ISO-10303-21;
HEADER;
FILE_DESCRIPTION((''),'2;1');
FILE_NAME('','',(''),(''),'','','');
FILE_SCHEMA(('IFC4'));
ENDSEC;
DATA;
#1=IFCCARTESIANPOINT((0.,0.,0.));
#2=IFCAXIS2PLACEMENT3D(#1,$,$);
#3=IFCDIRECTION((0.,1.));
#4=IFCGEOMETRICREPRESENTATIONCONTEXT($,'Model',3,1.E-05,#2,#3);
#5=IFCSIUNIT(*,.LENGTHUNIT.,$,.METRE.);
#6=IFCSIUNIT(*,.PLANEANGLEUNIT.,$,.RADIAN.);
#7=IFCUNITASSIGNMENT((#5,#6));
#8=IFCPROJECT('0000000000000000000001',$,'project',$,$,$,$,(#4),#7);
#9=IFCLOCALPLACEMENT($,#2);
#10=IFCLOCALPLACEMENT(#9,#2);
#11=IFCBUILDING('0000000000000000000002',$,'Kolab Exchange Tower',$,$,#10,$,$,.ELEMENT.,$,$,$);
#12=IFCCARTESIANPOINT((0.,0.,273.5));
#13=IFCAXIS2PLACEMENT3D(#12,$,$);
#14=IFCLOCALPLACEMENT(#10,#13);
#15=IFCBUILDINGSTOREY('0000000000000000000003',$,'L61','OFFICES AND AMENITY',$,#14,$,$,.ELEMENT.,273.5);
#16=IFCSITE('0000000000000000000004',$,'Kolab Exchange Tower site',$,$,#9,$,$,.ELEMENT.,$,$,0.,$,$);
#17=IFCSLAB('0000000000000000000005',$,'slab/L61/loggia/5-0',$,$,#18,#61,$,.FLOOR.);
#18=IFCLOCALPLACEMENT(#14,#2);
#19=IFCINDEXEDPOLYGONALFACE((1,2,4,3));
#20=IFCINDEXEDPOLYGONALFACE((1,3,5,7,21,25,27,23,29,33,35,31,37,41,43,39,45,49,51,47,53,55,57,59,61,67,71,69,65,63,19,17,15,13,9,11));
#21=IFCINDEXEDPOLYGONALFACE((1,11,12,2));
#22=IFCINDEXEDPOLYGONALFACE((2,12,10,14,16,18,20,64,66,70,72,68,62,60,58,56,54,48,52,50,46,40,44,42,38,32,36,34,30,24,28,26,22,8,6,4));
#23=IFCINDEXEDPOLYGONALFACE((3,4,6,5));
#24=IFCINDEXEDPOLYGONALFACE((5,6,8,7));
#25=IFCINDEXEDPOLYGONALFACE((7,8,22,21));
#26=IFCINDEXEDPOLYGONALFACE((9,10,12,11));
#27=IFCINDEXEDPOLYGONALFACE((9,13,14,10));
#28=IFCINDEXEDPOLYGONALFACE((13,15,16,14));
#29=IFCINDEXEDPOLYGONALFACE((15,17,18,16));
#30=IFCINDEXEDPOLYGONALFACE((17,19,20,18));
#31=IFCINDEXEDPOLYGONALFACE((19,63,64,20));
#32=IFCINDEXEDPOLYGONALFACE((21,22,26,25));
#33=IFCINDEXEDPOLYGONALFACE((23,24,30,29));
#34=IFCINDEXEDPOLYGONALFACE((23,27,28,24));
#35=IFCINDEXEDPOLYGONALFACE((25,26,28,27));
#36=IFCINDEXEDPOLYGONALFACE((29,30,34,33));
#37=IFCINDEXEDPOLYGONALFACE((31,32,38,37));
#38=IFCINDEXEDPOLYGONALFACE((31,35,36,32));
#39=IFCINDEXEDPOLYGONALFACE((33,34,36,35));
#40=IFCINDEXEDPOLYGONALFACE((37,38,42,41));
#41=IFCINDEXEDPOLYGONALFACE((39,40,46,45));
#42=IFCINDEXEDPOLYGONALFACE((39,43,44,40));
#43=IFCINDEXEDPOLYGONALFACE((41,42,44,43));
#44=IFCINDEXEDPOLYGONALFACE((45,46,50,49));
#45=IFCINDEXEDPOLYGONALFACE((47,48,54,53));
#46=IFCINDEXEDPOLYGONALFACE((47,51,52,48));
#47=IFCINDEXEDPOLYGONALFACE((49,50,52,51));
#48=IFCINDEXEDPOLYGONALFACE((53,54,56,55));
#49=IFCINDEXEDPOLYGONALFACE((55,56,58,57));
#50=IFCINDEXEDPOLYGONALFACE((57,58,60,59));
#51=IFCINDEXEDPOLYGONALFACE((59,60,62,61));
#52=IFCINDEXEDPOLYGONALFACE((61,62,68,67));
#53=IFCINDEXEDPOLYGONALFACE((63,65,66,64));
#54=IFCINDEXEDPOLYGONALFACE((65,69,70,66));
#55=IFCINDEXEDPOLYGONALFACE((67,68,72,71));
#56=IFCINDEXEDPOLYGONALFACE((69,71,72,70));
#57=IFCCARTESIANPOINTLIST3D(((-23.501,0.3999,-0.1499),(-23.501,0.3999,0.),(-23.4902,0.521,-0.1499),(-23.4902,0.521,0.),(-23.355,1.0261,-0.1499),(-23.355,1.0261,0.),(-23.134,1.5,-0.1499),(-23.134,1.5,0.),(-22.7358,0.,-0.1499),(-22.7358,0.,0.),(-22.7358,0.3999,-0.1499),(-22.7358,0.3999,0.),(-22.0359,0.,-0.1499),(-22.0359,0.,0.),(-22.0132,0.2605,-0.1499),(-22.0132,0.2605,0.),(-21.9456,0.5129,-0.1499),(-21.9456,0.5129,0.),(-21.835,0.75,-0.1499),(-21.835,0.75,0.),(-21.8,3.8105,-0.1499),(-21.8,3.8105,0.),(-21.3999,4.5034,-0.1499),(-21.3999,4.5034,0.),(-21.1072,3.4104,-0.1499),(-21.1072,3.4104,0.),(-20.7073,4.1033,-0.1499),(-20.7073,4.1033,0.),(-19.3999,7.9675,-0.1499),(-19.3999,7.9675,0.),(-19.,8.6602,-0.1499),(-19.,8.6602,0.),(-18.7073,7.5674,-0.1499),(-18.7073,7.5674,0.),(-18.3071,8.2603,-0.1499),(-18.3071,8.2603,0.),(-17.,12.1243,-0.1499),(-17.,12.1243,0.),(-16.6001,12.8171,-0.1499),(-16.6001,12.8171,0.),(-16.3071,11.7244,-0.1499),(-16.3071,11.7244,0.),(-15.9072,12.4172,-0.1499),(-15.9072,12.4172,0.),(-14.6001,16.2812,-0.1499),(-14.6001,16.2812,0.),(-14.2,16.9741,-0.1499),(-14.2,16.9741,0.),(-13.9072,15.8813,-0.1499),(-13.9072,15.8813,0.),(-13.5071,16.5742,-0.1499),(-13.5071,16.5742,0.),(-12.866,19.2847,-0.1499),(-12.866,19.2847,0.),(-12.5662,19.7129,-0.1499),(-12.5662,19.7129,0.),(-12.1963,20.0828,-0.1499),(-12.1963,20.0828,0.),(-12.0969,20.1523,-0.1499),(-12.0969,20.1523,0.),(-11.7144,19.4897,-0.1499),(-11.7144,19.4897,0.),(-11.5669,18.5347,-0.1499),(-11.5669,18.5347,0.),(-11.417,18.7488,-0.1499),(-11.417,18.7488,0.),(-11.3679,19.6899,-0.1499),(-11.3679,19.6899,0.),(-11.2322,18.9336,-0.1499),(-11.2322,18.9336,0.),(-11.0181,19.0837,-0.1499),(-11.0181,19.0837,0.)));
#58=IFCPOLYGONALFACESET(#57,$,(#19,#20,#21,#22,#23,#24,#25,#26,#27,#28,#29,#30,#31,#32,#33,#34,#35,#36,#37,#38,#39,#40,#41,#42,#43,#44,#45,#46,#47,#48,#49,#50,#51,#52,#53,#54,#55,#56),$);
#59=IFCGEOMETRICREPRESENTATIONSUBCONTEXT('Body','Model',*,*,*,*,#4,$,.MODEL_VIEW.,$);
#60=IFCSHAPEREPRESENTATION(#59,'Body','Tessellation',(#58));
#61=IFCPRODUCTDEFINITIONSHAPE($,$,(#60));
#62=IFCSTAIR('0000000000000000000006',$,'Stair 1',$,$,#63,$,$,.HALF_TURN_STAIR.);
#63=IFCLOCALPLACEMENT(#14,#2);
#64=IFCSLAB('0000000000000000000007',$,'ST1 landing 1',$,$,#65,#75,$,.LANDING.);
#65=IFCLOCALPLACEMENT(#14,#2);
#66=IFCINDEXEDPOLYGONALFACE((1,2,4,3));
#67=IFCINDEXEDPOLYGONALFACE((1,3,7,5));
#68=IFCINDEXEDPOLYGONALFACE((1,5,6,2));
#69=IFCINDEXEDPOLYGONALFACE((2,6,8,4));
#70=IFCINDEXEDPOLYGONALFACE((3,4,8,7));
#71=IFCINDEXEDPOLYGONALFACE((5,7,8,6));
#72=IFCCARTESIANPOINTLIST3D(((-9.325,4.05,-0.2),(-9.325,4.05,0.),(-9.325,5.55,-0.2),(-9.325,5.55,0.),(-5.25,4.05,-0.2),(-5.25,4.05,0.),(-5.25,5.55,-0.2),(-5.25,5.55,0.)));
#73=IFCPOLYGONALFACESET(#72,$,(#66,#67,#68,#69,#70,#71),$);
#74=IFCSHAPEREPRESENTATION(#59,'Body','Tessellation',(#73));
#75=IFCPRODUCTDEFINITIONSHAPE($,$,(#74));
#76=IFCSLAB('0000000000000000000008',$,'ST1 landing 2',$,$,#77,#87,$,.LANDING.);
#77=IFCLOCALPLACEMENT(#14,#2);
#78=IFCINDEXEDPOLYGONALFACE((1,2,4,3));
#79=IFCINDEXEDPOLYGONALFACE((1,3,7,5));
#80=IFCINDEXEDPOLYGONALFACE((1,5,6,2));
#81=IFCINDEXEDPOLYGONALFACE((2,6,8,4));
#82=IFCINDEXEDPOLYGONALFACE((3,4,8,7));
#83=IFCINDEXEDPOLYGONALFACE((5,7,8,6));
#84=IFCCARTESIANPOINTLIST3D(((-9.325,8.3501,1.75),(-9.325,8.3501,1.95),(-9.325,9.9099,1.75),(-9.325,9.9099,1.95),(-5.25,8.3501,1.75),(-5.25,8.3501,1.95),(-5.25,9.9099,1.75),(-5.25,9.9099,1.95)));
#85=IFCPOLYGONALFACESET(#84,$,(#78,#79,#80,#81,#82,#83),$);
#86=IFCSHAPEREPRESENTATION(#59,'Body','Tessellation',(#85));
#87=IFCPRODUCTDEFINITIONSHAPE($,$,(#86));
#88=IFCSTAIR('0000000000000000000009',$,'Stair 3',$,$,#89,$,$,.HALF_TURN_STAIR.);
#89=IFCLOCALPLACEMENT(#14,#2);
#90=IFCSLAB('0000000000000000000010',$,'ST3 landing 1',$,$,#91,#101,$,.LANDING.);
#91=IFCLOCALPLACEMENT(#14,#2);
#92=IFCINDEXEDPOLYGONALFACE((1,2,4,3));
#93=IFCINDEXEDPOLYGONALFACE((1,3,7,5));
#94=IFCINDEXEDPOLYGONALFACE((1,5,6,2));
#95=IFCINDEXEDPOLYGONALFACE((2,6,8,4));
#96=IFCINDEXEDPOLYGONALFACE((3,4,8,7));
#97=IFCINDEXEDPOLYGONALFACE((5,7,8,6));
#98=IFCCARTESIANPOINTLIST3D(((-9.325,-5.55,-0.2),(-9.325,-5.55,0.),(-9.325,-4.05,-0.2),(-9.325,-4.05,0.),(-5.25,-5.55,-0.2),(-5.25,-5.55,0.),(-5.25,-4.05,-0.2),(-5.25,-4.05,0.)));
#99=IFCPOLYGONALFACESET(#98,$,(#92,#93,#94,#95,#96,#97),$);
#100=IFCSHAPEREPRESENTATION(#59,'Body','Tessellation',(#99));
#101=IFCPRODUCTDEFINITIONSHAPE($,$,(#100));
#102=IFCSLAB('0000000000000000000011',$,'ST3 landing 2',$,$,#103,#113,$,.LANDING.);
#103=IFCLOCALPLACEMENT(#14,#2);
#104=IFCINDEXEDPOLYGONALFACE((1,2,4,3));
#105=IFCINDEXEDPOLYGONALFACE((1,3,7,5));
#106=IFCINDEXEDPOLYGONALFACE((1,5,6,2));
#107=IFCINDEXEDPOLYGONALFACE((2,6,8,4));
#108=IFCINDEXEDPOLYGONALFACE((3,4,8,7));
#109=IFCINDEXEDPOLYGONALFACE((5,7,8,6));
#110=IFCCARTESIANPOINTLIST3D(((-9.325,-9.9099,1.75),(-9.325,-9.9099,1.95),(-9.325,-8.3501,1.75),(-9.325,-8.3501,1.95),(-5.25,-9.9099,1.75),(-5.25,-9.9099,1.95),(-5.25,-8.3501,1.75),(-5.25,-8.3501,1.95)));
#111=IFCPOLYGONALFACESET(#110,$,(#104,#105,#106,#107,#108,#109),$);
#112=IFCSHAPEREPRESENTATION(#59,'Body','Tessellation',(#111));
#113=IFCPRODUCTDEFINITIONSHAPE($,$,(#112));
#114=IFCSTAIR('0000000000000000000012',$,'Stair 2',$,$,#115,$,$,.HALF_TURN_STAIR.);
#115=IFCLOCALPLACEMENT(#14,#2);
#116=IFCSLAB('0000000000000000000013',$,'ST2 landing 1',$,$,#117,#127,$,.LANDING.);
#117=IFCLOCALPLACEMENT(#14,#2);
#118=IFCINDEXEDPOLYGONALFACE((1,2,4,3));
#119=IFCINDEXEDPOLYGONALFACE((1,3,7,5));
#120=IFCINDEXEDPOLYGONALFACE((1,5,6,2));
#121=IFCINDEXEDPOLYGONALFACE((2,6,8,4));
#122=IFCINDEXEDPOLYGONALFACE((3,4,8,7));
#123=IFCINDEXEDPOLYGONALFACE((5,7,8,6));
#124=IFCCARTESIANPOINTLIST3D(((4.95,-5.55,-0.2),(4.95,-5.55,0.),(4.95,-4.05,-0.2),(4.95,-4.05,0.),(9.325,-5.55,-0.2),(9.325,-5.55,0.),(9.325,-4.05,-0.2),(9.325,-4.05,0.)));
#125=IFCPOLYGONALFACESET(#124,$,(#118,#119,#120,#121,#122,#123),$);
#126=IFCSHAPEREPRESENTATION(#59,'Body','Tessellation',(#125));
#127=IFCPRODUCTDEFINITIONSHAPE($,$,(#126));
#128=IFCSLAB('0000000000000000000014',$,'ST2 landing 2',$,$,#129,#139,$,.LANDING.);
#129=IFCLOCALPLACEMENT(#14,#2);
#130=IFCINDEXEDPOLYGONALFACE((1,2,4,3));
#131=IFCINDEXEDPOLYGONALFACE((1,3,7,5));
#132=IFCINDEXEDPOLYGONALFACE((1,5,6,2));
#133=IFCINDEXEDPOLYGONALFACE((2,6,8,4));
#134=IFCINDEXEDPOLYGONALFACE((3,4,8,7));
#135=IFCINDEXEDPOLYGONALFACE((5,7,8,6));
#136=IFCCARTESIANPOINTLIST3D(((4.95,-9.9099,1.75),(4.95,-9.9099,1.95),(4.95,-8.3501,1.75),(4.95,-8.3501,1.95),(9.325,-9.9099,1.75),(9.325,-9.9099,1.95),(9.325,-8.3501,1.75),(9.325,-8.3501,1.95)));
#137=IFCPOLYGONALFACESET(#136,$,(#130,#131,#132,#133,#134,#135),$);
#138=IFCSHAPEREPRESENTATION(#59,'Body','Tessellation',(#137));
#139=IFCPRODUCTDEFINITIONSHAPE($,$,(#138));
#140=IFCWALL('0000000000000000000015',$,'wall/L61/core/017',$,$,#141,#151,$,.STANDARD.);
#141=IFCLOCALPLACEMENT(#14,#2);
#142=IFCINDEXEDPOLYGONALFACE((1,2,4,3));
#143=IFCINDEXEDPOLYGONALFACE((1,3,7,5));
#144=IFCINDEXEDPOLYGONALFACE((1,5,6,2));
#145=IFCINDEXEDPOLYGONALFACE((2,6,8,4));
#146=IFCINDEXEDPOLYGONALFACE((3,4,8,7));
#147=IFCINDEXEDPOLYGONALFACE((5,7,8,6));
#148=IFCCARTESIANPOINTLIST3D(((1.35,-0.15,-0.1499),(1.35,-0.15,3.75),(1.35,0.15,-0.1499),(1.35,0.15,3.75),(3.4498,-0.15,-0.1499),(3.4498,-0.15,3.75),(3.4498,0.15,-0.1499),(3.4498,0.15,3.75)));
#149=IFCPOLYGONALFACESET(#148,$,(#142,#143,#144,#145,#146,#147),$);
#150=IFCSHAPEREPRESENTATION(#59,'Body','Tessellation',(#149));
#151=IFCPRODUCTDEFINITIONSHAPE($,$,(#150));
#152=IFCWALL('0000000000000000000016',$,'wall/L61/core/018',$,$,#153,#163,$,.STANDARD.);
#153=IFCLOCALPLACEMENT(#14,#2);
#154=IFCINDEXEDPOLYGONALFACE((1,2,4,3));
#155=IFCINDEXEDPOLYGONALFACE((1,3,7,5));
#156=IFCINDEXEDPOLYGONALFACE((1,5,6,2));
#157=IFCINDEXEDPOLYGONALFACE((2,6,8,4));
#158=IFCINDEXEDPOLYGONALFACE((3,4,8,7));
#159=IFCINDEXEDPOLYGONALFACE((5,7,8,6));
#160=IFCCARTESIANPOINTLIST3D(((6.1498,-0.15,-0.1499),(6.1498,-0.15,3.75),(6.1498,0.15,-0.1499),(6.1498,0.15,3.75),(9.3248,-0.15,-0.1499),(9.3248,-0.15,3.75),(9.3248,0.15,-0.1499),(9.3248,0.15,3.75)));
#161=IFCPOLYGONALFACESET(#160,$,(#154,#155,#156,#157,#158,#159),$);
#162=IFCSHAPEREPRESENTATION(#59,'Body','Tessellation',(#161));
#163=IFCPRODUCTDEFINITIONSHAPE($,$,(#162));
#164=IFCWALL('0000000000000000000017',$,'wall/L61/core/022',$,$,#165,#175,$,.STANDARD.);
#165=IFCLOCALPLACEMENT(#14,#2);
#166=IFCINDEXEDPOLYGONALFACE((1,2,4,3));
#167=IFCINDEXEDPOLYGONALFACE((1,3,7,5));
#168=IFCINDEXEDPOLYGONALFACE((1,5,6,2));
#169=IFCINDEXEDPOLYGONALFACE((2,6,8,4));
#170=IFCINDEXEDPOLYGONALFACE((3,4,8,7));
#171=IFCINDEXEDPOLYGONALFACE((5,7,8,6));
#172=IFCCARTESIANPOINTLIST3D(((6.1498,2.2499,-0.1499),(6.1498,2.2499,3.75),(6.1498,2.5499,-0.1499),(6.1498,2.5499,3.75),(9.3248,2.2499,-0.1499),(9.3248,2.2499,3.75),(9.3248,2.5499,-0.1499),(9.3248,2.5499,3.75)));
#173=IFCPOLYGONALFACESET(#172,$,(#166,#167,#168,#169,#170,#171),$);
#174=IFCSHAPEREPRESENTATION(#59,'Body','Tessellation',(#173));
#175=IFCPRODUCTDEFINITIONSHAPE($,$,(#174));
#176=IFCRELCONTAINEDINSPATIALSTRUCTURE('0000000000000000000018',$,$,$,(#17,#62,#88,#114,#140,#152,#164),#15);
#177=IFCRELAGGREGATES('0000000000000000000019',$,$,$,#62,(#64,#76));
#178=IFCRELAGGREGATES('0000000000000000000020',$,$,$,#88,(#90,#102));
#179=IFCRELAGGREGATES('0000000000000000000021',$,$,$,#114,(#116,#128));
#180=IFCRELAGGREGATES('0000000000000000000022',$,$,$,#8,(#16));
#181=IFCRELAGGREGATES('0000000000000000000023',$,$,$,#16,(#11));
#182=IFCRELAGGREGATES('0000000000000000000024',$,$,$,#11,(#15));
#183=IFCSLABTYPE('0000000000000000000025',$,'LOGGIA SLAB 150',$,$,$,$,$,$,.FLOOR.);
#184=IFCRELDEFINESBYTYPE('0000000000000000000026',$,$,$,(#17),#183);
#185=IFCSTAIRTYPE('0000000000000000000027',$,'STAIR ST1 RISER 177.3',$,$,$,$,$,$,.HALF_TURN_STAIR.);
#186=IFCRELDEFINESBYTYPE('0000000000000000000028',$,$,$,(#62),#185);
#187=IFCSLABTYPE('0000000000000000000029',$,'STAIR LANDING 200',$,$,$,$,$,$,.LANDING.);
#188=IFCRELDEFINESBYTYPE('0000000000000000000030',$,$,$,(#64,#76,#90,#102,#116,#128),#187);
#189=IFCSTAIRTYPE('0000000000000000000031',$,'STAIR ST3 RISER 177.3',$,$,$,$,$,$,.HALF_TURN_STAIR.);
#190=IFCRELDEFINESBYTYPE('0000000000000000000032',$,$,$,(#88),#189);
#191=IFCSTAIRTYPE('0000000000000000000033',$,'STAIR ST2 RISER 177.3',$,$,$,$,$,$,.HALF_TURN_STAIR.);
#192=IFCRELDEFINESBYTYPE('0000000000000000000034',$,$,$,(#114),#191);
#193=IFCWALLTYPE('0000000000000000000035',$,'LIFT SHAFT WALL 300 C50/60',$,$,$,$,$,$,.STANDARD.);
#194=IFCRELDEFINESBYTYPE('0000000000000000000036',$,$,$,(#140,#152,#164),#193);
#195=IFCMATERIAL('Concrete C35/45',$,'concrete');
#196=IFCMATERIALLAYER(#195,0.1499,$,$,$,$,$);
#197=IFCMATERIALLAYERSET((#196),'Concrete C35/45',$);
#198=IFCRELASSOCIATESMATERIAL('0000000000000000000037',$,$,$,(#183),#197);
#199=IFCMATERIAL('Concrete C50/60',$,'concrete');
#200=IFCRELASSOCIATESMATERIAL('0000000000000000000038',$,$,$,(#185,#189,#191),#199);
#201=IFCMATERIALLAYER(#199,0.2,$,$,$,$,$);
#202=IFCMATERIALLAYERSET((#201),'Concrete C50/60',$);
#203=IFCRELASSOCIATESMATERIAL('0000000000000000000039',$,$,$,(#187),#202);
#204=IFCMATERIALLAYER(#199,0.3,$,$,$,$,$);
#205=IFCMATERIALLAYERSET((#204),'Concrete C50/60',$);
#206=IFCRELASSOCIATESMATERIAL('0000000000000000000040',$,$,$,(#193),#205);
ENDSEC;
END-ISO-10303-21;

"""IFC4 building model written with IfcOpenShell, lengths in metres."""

from ifc_helpers import new_model, si_unit, direction, frame, frame_2d, origin, place, context, subcontext, project, spatial, polyline, rectangle, outline, extrude, material, layer, layer_set, type_object, element, aggregate, save


model = new_model("IFC4")

# Units and contexts
model_context = context("Model", 3, precision=1e-05, world=origin(), true_north=direction((0.0, 1.0)))
body_context = subcontext(model_context, "Body", "Model", "MODEL_VIEW")
ifc_project = project(units=[si_unit("LENGTHUNIT", "METRE"), si_unit("PLANEANGLEUNIT", "RADIAN")], contexts=[model_context])

# Site, building, storey
site_placement = place(None, origin())
site = spatial("IfcSite", under=ifc_project, at=site_placement, Name="Kolab Exchange Tower site", CompositionType="ELEMENT", RefElevation=0.0)
building_placement = place(site_placement, origin())
building = spatial("IfcBuilding", under=site, at=building_placement, Name="Kolab Exchange Tower", CompositionType="ELEMENT")
storey_placement = place(building_placement, frame((0.0, 0.0, 273.5)))
storey = spatial("IfcBuildingStorey", under=building, at=storey_placement, Name="L61", Description="OFFICES AND AMENITY", CompositionType="ELEMENT", Elevation=273.5)

# Slab
ifc_material_1 = material(Name="Concrete C35/45", Category="concrete")
ifc_layer_1 = layer(ifc_material_1, 0.1499)
ifc_layer_set_1 = layer_set([ifc_layer_1], Name="Concrete C35/45")
slab_type_1 = type_object("IfcSlabType", Name="LOGGIA SLAB 150", PredefinedType="FLOOR", material=ifc_layer_set_1)
slab_1_placement = place(storey_placement, frame((0.0, 0.0, -0.1499)))
element("IfcSlab", 1, at=slab_1_placement, inside=storey, type_object=slab_type_1, Name="slab/L61/loggia/5-0", PredefinedType="FLOOR", context=body_context, shape_type="SweptSolid", body=[
    extrude(outline(polyline([(-11.0181, 19.0837), (-11.3679, 19.6899), (-11.7144, 19.4897), (-12.0969, 20.1523), (-12.1963, 20.0828), (-12.5662, 19.7129), (-12.866, 19.2847), (-14.2, 16.9741), (-13.5071, 16.5742), (-13.9072, 15.8813), (-14.6001, 16.2812), (-16.6001, 12.8171), (-15.9072, 12.4172), (-16.3071, 11.7244), (-17.0, 12.1243), (-19.0, 8.6602), (-18.3071, 8.2603), (-18.7073, 7.5674), (-19.3999, 7.9675), (-21.3999, 4.5034), (-20.7073, 4.1033), (-21.1072, 3.4104), (-21.8, 3.8105), (-23.134, 1.5), (-23.355, 1.0261), (-23.4902, 0.521), (-23.501, 0.3999), (-22.7358, 0.3999), (-22.7358, 0.0), (-22.0359, 0.0), (-22.0132, 0.2605), (-21.9456, 0.5129), (-21.835, 0.75), (-11.5669, 18.5347), (-11.417, 18.7488), (-11.2322, 18.9336), (-11.0181, 19.0837)])), origin(), (0.0, 0.0, 1.0), 0.1499),
])

# Stairs, slabs
ifc_material_2 = material(Name="Concrete C50/60", Category="concrete")
stair_type_1 = type_object("IfcStairType", Name="STAIR ST1 RISER 177.3", PredefinedType="HALF_TURN_STAIR", material=ifc_material_2)
stair_1_placement = place(storey_placement, origin())
stair_1 = element("IfcStair", 2, at=stair_1_placement, inside=storey, type_object=stair_type_1, Name="Stair 1", PredefinedType="HALF_TURN_STAIR")
ifc_layer_2 = layer(ifc_material_2, 0.2)
ifc_layer_set_2 = layer_set([ifc_layer_2], Name="Concrete C50/60")
slab_type_2 = type_object("IfcSlabType", Name="STAIR LANDING 200", PredefinedType="LANDING", material=ifc_layer_set_2)
slab_2_placement = place(storey_placement, frame((0.0, 0.0, -0.2)))
slab_2 = element("IfcSlab", 3, at=slab_2_placement, type_object=slab_type_2, Name="ST1 landing 1", PredefinedType="LANDING", context=body_context, shape_type="SweptSolid", body=[
    extrude(outline(polyline([(-9.325, 4.05), (-5.25, 4.05), (-5.25, 5.55), (-9.325, 5.55), (-9.325, 4.05)])), origin(), (0.0, 0.0, 1.0), 0.2),
])
slab_3_placement = place(storey_placement, frame((0.0, 0.0, 1.75)))
slab_3 = element("IfcSlab", 4, at=slab_3_placement, type_object=slab_type_2, Name="ST1 landing 2", PredefinedType="LANDING", context=body_context, shape_type="SweptSolid", body=[
    extrude(outline(polyline([(-9.325, 8.3501), (-5.25, 8.3501), (-5.25, 9.9099), (-9.325, 9.9099), (-9.325, 8.3501)])), origin(), (0.0, 0.0, 1.0), 0.2),
])
aggregate(stair_1, [slab_2, slab_3])
stair_type_2 = type_object("IfcStairType", Name="STAIR ST3 RISER 177.3", PredefinedType="HALF_TURN_STAIR", material=ifc_material_2)
stair_2_placement = place(storey_placement, origin())
stair_2 = element("IfcStair", 5, at=stair_2_placement, inside=storey, type_object=stair_type_2, Name="Stair 3", PredefinedType="HALF_TURN_STAIR")
slab_4_placement = place(storey_placement, frame((0.0, 0.0, -0.2)))
slab_4 = element("IfcSlab", 6, at=slab_4_placement, type_object=slab_type_2, Name="ST3 landing 1", PredefinedType="LANDING", context=body_context, shape_type="SweptSolid", body=[
    extrude(outline(polyline([(-9.325, -5.55), (-5.25, -5.55), (-5.25, -4.05), (-9.325, -4.05), (-9.325, -5.55)])), origin(), (0.0, 0.0, 1.0), 0.2),
])
slab_5_placement = place(storey_placement, frame((0.0, 0.0, 1.75)))
slab_5 = element("IfcSlab", 7, at=slab_5_placement, type_object=slab_type_2, Name="ST3 landing 2", PredefinedType="LANDING", context=body_context, shape_type="SweptSolid", body=[
    extrude(outline(polyline([(-9.325, -9.9099), (-5.25, -9.9099), (-5.25, -8.3501), (-9.325, -8.3501), (-9.325, -9.9099)])), origin(), (0.0, 0.0, 1.0), 0.2),
])
aggregate(stair_2, [slab_4, slab_5])
stair_type_3 = type_object("IfcStairType", Name="STAIR ST2 RISER 177.3", PredefinedType="HALF_TURN_STAIR", material=ifc_material_2)
stair_3_placement = place(storey_placement, origin())
stair_3 = element("IfcStair", 8, at=stair_3_placement, inside=storey, type_object=stair_type_3, Name="Stair 2", PredefinedType="HALF_TURN_STAIR")
slab_6_placement = place(storey_placement, frame((0.0, 0.0, -0.2)))
slab_6 = element("IfcSlab", 9, at=slab_6_placement, type_object=slab_type_2, Name="ST2 landing 1", PredefinedType="LANDING", context=body_context, shape_type="SweptSolid", body=[
    extrude(outline(polyline([(4.95, -5.55), (9.325, -5.55), (9.325, -4.05), (4.95, -4.05), (4.95, -5.55)])), origin(), (0.0, 0.0, 1.0), 0.2),
])
slab_7_placement = place(storey_placement, frame((0.0, 0.0, 1.75)))
slab_7 = element("IfcSlab", 10, at=slab_7_placement, type_object=slab_type_2, Name="ST2 landing 2", PredefinedType="LANDING", context=body_context, shape_type="SweptSolid", body=[
    extrude(outline(polyline([(4.95, -9.9099), (9.325, -9.9099), (9.325, -8.3501), (4.95, -8.3501), (4.95, -9.9099)])), origin(), (0.0, 0.0, 1.0), 0.2),
])
aggregate(stair_3, [slab_6, slab_7])

# Walls
ifc_layer_3 = layer(ifc_material_2, 0.3)
ifc_layer_set_3 = layer_set([ifc_layer_3], Name="Concrete C50/60")
wall_type = type_object("IfcWallType", Name="LIFT SHAFT WALL 300 C50/60", PredefinedType="STANDARD", material=ifc_layer_set_3)
wall_1_placement = place(storey_placement, frame((1.3501, 0.0, -0.1499), z_axis=(0.0, 0.0, 1.0), x_axis=(1.0, 0.0, 0.0)))
element("IfcWall", 11, at=wall_1_placement, inside=storey, type_object=wall_type, Name="wall/L61/core/017", PredefinedType="STANDARD", context=body_context, shape_type="SweptSolid", body=[
    extrude(rectangle(XDim=2.0999, YDim=0.3, at=frame_2d((1.0498, 0.0))), origin(), (0.0, 0.0, 1.0), 3.8999),
])
for number, where, z_axis, x_axis, name in (
    (12, (6.1499, 0.0, -0.1499), (0.0, 0.0, 1.0), (1.0, 0.0, 0.0), "wall/L61/core/018"),
    (13, (6.1499, 2.3999, -0.1499), (0.0, 0.0, 1.0), (1.0, 0.0, 0.0), "wall/L61/core/022"),
):
    element("IfcWall", number, at=place(storey_placement, frame(where, z_axis=z_axis, x_axis=x_axis)), inside=storey, type_object=wall_type, Name=name, PredefinedType="STANDARD", context=body_context, shape_type="SweptSolid", body=[
        extrude(rectangle(XDim=3.175, YDim=0.3, at=frame_2d((1.5874, 0.0))), origin(), (0.0, 0.0, 1.0), 3.8999),
    ])

save(model, "model.ifc")
